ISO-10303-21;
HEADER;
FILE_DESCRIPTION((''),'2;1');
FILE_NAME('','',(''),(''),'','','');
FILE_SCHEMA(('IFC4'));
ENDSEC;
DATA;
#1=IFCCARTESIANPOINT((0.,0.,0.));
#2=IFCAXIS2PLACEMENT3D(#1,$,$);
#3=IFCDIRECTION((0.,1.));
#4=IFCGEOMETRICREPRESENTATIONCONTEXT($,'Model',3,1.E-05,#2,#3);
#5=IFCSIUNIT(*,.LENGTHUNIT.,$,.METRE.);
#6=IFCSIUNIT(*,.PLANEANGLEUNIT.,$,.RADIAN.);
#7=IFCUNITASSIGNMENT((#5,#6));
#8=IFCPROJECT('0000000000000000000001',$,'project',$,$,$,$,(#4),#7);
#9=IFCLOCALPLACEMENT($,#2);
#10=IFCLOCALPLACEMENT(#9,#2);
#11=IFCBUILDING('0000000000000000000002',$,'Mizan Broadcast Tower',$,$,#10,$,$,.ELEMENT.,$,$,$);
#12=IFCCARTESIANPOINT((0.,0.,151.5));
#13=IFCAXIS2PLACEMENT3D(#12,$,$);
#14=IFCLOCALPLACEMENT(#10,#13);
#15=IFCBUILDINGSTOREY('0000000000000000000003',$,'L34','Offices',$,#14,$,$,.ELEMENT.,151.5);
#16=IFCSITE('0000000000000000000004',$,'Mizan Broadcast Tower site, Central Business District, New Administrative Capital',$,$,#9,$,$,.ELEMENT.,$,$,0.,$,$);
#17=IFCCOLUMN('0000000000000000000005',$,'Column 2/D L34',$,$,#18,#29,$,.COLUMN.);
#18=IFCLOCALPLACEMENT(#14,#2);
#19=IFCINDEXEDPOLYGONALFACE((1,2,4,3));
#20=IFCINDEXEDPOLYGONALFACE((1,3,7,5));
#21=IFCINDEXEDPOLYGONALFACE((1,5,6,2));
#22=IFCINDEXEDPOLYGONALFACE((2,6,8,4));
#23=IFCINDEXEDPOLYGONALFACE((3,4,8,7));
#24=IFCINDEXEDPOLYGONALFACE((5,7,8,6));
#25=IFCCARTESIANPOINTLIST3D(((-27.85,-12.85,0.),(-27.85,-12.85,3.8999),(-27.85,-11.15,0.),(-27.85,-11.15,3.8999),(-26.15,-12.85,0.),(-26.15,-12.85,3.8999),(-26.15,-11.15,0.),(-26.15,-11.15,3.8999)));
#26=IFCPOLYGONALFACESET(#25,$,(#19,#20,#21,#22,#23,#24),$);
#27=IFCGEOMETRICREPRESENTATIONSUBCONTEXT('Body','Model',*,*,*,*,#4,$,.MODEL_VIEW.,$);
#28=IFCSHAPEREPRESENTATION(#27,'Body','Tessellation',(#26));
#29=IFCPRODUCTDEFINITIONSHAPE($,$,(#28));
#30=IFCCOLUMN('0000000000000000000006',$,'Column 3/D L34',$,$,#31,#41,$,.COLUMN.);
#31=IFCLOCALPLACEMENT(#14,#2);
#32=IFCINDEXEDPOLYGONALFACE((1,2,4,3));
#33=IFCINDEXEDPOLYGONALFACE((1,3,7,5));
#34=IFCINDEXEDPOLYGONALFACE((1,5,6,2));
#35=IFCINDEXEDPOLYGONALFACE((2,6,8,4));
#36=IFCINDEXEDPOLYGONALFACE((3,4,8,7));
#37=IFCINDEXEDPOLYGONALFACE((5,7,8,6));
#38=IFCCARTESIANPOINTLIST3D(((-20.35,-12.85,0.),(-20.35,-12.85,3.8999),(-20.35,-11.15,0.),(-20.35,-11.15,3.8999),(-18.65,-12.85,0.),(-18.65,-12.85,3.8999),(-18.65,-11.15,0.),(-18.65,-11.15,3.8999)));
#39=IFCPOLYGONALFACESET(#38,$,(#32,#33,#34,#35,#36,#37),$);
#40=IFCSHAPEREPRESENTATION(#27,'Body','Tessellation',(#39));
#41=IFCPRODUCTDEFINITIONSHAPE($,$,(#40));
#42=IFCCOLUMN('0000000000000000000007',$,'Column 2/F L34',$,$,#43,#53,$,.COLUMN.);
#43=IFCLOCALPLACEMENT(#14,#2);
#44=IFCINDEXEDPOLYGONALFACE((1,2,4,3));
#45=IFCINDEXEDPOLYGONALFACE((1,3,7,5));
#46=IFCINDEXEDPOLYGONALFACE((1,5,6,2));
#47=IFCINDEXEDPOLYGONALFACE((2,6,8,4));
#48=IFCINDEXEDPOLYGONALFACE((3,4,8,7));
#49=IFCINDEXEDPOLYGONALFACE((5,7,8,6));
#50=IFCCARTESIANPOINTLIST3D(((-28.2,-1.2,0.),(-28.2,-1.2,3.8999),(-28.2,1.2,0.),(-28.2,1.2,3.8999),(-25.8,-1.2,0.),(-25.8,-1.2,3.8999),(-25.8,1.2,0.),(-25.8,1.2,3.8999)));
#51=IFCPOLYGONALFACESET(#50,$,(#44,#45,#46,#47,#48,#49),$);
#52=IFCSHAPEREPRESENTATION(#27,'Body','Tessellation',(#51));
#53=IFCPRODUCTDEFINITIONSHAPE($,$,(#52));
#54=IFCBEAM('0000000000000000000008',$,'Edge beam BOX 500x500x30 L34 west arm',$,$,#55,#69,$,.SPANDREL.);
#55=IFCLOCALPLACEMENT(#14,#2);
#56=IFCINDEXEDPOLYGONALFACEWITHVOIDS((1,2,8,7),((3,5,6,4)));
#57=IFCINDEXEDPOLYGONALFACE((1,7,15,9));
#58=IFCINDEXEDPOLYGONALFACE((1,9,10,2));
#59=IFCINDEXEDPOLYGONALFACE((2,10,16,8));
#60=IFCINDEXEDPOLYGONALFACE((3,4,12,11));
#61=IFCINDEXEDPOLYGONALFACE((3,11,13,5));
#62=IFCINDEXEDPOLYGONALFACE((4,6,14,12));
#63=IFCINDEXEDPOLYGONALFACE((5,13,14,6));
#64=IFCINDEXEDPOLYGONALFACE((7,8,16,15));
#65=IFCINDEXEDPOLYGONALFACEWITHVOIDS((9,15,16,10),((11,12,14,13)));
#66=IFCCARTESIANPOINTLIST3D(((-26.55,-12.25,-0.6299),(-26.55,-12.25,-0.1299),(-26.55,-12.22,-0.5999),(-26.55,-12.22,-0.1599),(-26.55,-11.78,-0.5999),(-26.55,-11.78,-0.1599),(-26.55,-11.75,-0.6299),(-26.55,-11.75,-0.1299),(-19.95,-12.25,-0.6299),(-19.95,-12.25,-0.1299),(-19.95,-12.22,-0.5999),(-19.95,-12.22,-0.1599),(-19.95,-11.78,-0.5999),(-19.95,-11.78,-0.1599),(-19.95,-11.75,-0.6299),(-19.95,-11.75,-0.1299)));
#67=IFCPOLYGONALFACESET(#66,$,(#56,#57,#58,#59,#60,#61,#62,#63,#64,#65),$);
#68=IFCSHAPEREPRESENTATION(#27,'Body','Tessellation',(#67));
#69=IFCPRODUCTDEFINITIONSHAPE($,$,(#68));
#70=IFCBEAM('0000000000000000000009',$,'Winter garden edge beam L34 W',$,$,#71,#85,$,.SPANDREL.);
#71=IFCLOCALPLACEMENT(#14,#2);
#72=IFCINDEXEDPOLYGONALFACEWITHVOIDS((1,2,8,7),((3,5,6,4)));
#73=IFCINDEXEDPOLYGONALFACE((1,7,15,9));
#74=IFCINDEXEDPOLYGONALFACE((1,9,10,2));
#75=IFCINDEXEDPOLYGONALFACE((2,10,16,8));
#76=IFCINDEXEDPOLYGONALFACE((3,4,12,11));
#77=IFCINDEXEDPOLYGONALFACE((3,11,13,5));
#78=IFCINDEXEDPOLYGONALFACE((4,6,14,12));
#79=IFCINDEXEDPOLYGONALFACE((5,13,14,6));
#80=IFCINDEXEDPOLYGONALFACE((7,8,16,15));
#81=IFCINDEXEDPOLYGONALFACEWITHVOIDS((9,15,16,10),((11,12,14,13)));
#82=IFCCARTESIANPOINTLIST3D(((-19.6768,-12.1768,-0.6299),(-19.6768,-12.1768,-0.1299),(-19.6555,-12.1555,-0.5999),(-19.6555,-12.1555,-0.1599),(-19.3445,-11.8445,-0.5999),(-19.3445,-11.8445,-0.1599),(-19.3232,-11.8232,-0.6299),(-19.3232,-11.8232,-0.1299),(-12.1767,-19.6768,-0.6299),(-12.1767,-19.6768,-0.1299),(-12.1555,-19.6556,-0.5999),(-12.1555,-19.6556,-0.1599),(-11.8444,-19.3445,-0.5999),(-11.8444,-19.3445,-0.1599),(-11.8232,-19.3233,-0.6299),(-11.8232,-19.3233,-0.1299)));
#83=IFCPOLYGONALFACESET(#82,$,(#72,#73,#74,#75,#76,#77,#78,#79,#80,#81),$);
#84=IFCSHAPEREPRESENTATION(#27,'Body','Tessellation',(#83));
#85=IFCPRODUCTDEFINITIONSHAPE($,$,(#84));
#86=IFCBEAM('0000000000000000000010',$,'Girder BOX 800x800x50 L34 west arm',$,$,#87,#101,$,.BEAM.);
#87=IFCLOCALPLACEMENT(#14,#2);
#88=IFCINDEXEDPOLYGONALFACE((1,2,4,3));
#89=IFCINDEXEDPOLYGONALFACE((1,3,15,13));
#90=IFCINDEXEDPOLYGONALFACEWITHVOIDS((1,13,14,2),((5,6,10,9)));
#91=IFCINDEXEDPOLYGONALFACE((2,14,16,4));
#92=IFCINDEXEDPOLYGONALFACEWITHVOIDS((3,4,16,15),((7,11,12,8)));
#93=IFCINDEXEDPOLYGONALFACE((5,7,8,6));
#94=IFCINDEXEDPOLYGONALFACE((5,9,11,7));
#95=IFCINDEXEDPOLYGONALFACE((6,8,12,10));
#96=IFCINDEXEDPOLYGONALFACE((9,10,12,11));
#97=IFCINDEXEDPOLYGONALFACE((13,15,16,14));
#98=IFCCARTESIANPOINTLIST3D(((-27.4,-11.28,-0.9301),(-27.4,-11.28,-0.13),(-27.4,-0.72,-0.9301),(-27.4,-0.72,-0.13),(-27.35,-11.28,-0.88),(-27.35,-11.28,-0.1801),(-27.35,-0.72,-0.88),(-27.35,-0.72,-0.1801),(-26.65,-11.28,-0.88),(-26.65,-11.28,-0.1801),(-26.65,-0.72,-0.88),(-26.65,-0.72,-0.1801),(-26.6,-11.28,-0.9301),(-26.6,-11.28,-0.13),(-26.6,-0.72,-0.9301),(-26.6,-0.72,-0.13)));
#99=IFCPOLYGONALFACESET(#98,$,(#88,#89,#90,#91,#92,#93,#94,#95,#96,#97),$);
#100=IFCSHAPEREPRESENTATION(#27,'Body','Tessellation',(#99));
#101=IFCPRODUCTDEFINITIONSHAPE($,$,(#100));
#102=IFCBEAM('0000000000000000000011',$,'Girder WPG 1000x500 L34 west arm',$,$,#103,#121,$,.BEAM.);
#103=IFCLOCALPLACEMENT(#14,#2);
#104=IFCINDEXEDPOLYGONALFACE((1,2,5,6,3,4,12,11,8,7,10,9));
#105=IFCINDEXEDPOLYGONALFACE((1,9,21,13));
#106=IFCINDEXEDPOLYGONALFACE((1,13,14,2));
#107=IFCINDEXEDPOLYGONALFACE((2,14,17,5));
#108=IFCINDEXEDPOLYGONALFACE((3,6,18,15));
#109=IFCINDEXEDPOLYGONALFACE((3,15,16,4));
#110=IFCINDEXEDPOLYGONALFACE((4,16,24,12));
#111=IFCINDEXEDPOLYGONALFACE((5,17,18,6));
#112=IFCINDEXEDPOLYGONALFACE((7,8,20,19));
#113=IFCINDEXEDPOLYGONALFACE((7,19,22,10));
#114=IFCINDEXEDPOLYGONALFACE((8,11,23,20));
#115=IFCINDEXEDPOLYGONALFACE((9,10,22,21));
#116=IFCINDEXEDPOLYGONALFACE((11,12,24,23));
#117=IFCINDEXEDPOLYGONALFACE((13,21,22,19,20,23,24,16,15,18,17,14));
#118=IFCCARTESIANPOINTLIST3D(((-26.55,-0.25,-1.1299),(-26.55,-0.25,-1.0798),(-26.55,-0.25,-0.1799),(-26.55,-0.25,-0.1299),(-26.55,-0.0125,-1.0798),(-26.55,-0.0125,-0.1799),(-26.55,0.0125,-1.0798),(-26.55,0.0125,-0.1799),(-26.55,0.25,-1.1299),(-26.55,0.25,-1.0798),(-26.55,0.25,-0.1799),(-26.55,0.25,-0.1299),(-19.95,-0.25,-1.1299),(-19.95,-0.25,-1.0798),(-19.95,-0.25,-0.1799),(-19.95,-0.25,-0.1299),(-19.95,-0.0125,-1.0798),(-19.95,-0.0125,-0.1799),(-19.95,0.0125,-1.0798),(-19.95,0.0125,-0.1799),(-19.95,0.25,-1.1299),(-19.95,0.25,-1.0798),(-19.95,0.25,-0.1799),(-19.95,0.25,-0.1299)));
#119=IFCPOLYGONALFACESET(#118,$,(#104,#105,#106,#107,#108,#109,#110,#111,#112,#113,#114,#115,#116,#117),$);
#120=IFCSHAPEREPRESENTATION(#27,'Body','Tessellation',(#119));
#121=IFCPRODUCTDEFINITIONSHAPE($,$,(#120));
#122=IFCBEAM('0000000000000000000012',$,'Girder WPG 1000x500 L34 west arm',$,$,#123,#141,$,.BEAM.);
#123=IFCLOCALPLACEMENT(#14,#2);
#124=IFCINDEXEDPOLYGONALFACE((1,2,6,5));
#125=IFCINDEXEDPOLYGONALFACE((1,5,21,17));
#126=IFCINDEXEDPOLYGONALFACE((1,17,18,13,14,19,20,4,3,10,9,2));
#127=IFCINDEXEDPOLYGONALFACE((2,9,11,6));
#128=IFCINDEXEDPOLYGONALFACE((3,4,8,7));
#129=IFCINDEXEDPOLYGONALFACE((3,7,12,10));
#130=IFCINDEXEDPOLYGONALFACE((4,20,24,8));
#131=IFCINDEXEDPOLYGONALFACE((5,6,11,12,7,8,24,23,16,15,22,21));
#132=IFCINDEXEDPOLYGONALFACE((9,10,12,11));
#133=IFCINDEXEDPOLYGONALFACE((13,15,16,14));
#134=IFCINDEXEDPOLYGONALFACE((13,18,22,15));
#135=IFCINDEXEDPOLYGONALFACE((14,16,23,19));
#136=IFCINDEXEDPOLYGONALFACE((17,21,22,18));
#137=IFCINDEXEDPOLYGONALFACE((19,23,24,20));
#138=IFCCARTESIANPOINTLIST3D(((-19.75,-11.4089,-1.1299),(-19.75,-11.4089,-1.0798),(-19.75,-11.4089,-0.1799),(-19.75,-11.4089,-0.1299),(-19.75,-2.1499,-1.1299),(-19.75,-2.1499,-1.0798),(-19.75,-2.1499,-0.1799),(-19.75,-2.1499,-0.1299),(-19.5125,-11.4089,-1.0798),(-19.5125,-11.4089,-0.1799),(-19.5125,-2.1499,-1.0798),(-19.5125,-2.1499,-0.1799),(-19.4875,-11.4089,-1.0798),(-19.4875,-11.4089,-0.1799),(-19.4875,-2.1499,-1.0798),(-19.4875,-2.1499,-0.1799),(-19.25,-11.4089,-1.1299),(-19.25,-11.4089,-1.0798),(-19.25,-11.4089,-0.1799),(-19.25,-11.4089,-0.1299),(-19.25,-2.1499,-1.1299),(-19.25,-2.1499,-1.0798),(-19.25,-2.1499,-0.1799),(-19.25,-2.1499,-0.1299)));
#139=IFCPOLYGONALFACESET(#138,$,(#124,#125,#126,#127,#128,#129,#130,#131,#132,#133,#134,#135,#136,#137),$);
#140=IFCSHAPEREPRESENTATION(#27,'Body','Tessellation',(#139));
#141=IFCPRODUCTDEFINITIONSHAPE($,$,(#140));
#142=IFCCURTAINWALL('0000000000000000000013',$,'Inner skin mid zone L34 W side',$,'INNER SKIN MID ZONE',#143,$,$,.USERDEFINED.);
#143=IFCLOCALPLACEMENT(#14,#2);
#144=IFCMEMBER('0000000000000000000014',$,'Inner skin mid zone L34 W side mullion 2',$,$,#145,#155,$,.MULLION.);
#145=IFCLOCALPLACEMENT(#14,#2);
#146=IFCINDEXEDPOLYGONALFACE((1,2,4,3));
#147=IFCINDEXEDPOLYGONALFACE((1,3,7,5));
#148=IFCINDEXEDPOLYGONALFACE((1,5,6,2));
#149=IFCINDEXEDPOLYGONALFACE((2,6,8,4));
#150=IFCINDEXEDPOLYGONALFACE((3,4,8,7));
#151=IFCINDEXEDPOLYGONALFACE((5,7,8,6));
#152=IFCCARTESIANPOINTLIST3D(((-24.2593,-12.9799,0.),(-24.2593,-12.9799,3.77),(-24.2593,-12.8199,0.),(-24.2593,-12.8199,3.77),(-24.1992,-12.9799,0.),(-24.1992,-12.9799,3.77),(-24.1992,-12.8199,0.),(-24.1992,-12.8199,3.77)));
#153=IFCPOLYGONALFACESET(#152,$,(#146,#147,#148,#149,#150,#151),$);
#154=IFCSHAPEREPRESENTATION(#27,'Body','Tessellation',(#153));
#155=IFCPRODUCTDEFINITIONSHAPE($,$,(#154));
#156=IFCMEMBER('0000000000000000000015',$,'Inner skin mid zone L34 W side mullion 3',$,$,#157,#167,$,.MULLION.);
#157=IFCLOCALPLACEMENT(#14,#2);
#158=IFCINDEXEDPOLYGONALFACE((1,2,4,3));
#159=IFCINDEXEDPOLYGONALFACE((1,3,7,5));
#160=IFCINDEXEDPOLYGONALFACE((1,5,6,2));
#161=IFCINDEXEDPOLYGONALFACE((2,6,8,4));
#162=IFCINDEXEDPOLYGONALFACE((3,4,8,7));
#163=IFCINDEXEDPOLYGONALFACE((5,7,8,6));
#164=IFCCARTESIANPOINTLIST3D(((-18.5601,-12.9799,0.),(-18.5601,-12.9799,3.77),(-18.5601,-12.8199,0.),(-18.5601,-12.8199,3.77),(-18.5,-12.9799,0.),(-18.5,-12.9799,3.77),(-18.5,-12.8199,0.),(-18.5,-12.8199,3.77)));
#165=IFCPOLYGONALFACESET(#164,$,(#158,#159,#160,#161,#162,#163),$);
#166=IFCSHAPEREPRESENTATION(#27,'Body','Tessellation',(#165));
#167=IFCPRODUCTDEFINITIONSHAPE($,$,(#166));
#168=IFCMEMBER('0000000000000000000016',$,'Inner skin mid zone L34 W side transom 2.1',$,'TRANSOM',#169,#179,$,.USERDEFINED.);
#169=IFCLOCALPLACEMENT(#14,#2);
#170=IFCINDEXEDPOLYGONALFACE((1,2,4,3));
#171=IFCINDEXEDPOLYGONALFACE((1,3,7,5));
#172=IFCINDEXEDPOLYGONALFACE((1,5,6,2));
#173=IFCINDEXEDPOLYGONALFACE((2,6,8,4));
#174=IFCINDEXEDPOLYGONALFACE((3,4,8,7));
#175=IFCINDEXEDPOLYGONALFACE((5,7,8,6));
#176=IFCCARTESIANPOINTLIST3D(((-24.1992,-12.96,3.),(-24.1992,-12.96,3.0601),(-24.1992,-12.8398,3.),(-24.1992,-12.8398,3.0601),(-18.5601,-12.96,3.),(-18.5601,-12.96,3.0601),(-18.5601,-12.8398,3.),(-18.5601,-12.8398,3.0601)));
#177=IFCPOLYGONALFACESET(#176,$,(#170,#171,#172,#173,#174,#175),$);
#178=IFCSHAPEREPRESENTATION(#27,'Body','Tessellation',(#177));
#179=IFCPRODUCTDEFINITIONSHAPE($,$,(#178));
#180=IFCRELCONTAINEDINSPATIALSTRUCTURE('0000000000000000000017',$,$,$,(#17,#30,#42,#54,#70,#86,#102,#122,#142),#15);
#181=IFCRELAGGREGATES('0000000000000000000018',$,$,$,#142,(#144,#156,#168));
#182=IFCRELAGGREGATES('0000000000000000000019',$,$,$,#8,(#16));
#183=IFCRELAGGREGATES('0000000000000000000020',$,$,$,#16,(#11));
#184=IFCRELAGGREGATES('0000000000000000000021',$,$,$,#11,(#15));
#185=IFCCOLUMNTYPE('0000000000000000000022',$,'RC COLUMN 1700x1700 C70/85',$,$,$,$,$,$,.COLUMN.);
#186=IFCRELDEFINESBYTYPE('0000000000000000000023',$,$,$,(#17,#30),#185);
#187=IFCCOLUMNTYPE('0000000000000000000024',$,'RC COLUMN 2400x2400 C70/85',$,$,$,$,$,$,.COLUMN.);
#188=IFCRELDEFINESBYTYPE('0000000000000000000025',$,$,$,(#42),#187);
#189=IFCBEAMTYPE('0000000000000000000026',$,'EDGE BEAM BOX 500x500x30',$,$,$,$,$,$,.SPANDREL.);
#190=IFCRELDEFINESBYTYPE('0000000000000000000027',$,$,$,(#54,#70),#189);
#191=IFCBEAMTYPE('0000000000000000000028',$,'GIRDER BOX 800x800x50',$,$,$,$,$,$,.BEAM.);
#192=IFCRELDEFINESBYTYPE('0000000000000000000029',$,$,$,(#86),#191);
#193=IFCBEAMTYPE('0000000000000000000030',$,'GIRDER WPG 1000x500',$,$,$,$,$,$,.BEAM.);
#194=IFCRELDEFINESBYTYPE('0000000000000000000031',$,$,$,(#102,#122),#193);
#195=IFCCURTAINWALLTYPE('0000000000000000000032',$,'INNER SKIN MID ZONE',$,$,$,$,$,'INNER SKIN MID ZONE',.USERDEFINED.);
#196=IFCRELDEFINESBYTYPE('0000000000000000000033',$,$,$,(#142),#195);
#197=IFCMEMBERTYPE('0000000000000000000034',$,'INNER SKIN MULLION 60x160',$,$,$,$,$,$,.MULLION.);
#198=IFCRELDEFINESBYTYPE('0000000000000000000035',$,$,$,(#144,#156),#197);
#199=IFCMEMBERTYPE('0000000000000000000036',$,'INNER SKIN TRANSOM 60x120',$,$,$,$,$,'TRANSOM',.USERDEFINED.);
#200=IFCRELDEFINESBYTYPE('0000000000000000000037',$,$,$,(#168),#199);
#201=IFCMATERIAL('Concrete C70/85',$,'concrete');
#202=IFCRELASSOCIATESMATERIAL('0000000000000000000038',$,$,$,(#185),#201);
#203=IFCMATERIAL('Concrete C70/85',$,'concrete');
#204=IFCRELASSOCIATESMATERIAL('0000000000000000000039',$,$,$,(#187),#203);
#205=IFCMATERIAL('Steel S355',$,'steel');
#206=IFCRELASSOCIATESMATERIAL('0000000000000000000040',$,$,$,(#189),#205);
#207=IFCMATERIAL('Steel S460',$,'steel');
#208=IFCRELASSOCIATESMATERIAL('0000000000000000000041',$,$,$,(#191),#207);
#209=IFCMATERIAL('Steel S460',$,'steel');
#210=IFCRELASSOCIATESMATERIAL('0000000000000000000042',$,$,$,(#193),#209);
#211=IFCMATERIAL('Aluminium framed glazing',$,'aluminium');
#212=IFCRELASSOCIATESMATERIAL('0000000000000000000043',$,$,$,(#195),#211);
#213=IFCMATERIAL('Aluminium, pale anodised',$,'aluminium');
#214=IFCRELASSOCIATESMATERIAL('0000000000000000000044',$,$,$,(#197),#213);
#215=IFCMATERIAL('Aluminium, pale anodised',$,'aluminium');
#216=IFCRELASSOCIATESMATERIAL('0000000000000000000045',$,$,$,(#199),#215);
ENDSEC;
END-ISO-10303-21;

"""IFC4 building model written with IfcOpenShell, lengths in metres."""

from ifc_helpers import new_model, si_unit, direction, frame, origin, origin_2d, place, context, subcontext, project, spatial, rectangle, hollow_rectangle, i_section, extrude, material, material_profile, profile_set, type_object, element, aggregate, save


model = new_model("IFC4")

# Units and contexts
model_context = context("Model", 3, precision=1e-05, world=origin(), true_north=direction((0.0, 1.0)))
body_context = subcontext(model_context, "Body", "Model", "MODEL_VIEW")
ifc_project = project(units=[si_unit("LENGTHUNIT", "METRE"), si_unit("PLANEANGLEUNIT", "RADIAN")], contexts=[model_context])

# Site, building, storey
site_placement = place(None, origin())
site = spatial("IfcSite", under=ifc_project, at=site_placement, Name="Mizan Broadcast Tower site, Central Business District, New Administrative Capital", CompositionType="ELEMENT", RefElevation=0.0)
building_placement = place(site_placement, origin())
building = spatial("IfcBuilding", under=site, at=building_placement, Name="Mizan Broadcast Tower", CompositionType="ELEMENT")
storey_placement = place(building_placement, frame((0.0, 0.0, 151.5)))
storey = spatial("IfcBuildingStorey", under=building, at=storey_placement, Name="L34", Description="Offices", CompositionType="ELEMENT", Elevation=151.5)

# Columns
ifc_material_1 = material(Name="Concrete C70/85", Category="concrete")
ifc_material_profile_1 = material_profile(ifc_material_1, rectangle(XDim=1.7, YDim=1.7, at=origin_2d()), Name="RC 1700x1700")
ifc_profile_set_1 = profile_set([ifc_material_profile_1], Name="Concrete C70/85")
column_type_1 = type_object("IfcColumnType", Name="RC COLUMN 1700x1700 C70/85", PredefinedType="COLUMN", material=ifc_profile_set_1)
for number, where, z_axis, x_axis, name in (
    (1, (-27.0, -12.0, 0.0), (0.0, 0.0, 1.0), (1.0, 0.0, 0.0), "Column 2/D L34"),
    (2, (-19.5, -12.0, 0.0), (0.0, 0.0, 1.0), (1.0, 0.0, 0.0), "Column 3/D L34"),
):
    element("IfcColumn", number, at=place(storey_placement, frame(where, z_axis=z_axis, x_axis=x_axis)), inside=storey, type_object=column_type_1, Name=name, PredefinedType="COLUMN", context=body_context, shape_type="SweptSolid", body=[
        extrude(rectangle(XDim=1.7, YDim=1.7, at=origin_2d()), origin(), (0.0, 0.0, 1.0), 3.8999),
    ])
ifc_material_2 = material(Name="Concrete C70/85", Category="concrete")
ifc_material_profile_2 = material_profile(ifc_material_2, rectangle(XDim=2.3999, YDim=2.3999, at=origin_2d()), Name="RC 2400x2400")
ifc_profile_set_2 = profile_set([ifc_material_profile_2], Name="Concrete C70/85")
column_type_2 = type_object("IfcColumnType", Name="RC COLUMN 2400x2400 C70/85", PredefinedType="COLUMN", material=ifc_profile_set_2)
column_placement = place(storey_placement, frame((-27.0, 0.0, 0.0), z_axis=(0.0, 0.0, 1.0), x_axis=(1.0, 0.0, 0.0)))
element("IfcColumn", 3, at=column_placement, inside=storey, type_object=column_type_2, Name="Column 2/F L34", PredefinedType="COLUMN", context=body_context, shape_type="SweptSolid", body=[
    extrude(rectangle(XDim=2.3999, YDim=2.3999, at=origin_2d()), origin(), (0.0, 0.0, 1.0), 3.8999),
])

# Beams
ifc_material_3 = material(Name="Steel S355", Category="steel")
ifc_material_profile_3 = material_profile(ifc_material_3, hollow_rectangle(XDim=0.5, YDim=0.5, WallThickness=0.03, at=origin_2d()), Name="BOX 500x500x30")
ifc_profile_set_3 = profile_set([ifc_material_profile_3], Name="Steel S355")
beam_type_1 = type_object("IfcBeamType", Name="EDGE BEAM BOX 500x500x30", PredefinedType="SPANDREL", material=ifc_profile_set_3)
beam_1_placement = place(storey_placement, frame((-19.95, -12.0, -0.3799), z_axis=(-1.0, 0.0, 0.0), x_axis=(0.0, -1.0, 0.0)))
element("IfcBeam", 4, at=beam_1_placement, inside=storey, type_object=beam_type_1, Name="Edge beam BOX 500x500x30 L34 west arm", PredefinedType="SPANDREL", context=body_context, shape_type="SweptSolid", body=[
    extrude(hollow_rectangle(XDim=0.5, YDim=0.5, WallThickness=0.03, at=origin_2d()), origin(), (0.0, 0.0, 1.0), 6.6001),
])
beam_2_placement = place(storey_placement, frame((-19.5, -12.0, -0.3799), z_axis=(0.707107, -0.707107, 0.0), x_axis=(0.707107, 0.707107, 0.0)))
element("IfcBeam", 5, at=beam_2_placement, inside=storey, type_object=beam_type_1, Name="Winter garden edge beam L34 W", PredefinedType="SPANDREL", context=body_context, shape_type="SweptSolid", body=[
    extrude(hollow_rectangle(XDim=0.5, YDim=0.5, WallThickness=0.03, at=origin_2d()), origin(), (0.0, 0.0, 1.0), 10.6067),
])
ifc_material_4 = material(Name="Steel S460", Category="steel")
ifc_material_profile_4 = material_profile(ifc_material_4, hollow_rectangle(XDim=0.8, YDim=0.8, WallThickness=0.05, at=origin_2d()), Name="BOX 800x800x50")
ifc_profile_set_4 = profile_set([ifc_material_profile_4], Name="Steel S460")
beam_type_2 = type_object("IfcBeamType", Name="GIRDER BOX 800x800x50", PredefinedType="BEAM", material=ifc_profile_set_4)
beam_3_placement = place(storey_placement, frame((-27.0, -11.28, -0.53), z_axis=(0.0, 1.0, 0.0), x_axis=(-1.0, 0.0, 0.0)))
element("IfcBeam", 6, at=beam_3_placement, inside=storey, type_object=beam_type_2, Name="Girder BOX 800x800x50 L34 west arm", PredefinedType="BEAM", context=body_context, shape_type="SweptSolid", body=[
    extrude(hollow_rectangle(XDim=0.8, YDim=0.8, WallThickness=0.05, at=origin_2d()), origin(), (0.0, 0.0, 1.0), 10.5601),
])
ifc_material_5 = material(Name="Steel S460", Category="steel")
ifc_material_profile_5 = material_profile(ifc_material_5, i_section(OverallWidth=0.5, OverallDepth=1.0, WebThickness=0.0249, FlangeThickness=0.05, at=origin_2d()), Name="WPG 1000x500")
ifc_profile_set_5 = profile_set([ifc_material_profile_5], Name="Steel S460")
beam_type_3 = type_object("IfcBeamType", Name="GIRDER WPG 1000x500", PredefinedType="BEAM", material=ifc_profile_set_5)
beam_4_placement = place(storey_placement, frame((-19.95, 0.0, -0.6299), z_axis=(-1.0, 0.0, 0.0), x_axis=(0.0, -1.0, 0.0)))
element("IfcBeam", 7, at=beam_4_placement, inside=storey, type_object=beam_type_3, Name="Girder WPG 1000x500 L34 west arm", PredefinedType="BEAM", context=body_context, shape_type="SweptSolid", body=[
    extrude(i_section(OverallWidth=0.5, OverallDepth=1.0, WebThickness=0.0249, FlangeThickness=0.05, at=origin_2d()), origin(), (0.0, 0.0, 1.0), 6.6001),
])
beam_5_placement = place(storey_placement, frame((-19.5, -11.4089, -0.6299), z_axis=(0.0, 1.0, 0.0), x_axis=(-1.0, 0.0, 0.0)))
element("IfcBeam", 8, at=beam_5_placement, inside=storey, type_object=beam_type_3, Name="Girder WPG 1000x500 L34 west arm", PredefinedType="BEAM", context=body_context, shape_type="SweptSolid", body=[
    extrude(i_section(OverallWidth=0.5, OverallDepth=1.0, WebThickness=0.0249, FlangeThickness=0.05, at=origin_2d()), origin(), (0.0, 0.0, 1.0), 9.259),
])

# Curtain wall, members
ifc_material_6 = material(Name="Aluminium framed glazing", Category="aluminium")
curtain_wall_type_1 = type_object("IfcCurtainWallType", Name="INNER SKIN MID ZONE", ElementType="INNER SKIN MID ZONE", PredefinedType="USERDEFINED", material=ifc_material_6)
curtain_wall_1_placement = place(storey_placement, origin())
curtain_wall_1 = element("IfcCurtainWall", 9, at=curtain_wall_1_placement, inside=storey, type_object=curtain_wall_type_1, Name="Inner skin mid zone L34 W side", ObjectType="INNER SKIN MID ZONE", PredefinedType="USERDEFINED")
ifc_material_7 = material(Name="Aluminium, pale anodised", Category="aluminium")
ifc_material_profile_6 = material_profile(ifc_material_7, rectangle(XDim=0.1599, YDim=0.0601, at=origin_2d()), Name="MULLION 160x60")
ifc_profile_set_6 = profile_set([ifc_material_profile_6], Name="Aluminium, pale anodised")
member_type_1 = type_object("IfcMemberType", Name="INNER SKIN MULLION 60x160", PredefinedType="MULLION", material=ifc_profile_set_6)
member_1_placement = place(storey_placement, frame((-24.2292, -12.8999, 0.0), z_axis=(0.0, 0.0, 1.0), x_axis=(0.0, 1.0, 0.0)))
member_1 = element("IfcMember", 10, at=member_1_placement, type_object=member_type_1, Name="Inner skin mid zone L34 W side mullion 2", PredefinedType="MULLION", context=body_context, shape_type="SweptSolid", body=[
    extrude(rectangle(XDim=0.1599, YDim=0.0601, at=origin_2d()), origin(), (0.0, 0.0, 1.0), 3.77),
])
member_2_placement = place(storey_placement, frame((-18.53, -12.8999, 0.0), z_axis=(0.0, 0.0, 1.0), x_axis=(0.0, 1.0, 0.0)))
member_2 = element("IfcMember", 11, at=member_2_placement, type_object=member_type_1, Name="Inner skin mid zone L34 W side mullion 3", PredefinedType="MULLION", context=body_context, shape_type="SweptSolid", body=[
    extrude(rectangle(XDim=0.1599, YDim=0.0601, at=origin_2d()), origin(), (0.0, 0.0, 1.0), 3.77),
])
ifc_material_8 = material(Name="Aluminium, pale anodised", Category="aluminium")
ifc_material_profile_7 = material_profile(ifc_material_8, rectangle(XDim=0.1201, YDim=0.0601, at=origin_2d()), Name="TRANSOM 120x60")
ifc_profile_set_7 = profile_set([ifc_material_profile_7], Name="Aluminium, pale anodised")
member_type_2 = type_object("IfcMemberType", Name="INNER SKIN TRANSOM 60x120", ElementType="TRANSOM", PredefinedType="USERDEFINED", material=ifc_profile_set_7)
member_3_placement = place(storey_placement, frame((-24.1992, -12.8999, 3.03), z_axis=(1.0, 0.0, 0.0), x_axis=(0.0, 1.0, 0.0)))
member_3 = element("IfcMember", 12, at=member_3_placement, type_object=member_type_2, Name="Inner skin mid zone L34 W side transom 2.1", ObjectType="TRANSOM", PredefinedType="USERDEFINED", context=body_context, shape_type="SweptSolid", body=[
    extrude(rectangle(XDim=0.1201, YDim=0.0601, at=origin_2d()), origin(), (0.0, 0.0, 1.0), 5.6392),
])

aggregate(curtain_wall_1, [member_1, member_2, member_3])

save(model, "model.ifc")
